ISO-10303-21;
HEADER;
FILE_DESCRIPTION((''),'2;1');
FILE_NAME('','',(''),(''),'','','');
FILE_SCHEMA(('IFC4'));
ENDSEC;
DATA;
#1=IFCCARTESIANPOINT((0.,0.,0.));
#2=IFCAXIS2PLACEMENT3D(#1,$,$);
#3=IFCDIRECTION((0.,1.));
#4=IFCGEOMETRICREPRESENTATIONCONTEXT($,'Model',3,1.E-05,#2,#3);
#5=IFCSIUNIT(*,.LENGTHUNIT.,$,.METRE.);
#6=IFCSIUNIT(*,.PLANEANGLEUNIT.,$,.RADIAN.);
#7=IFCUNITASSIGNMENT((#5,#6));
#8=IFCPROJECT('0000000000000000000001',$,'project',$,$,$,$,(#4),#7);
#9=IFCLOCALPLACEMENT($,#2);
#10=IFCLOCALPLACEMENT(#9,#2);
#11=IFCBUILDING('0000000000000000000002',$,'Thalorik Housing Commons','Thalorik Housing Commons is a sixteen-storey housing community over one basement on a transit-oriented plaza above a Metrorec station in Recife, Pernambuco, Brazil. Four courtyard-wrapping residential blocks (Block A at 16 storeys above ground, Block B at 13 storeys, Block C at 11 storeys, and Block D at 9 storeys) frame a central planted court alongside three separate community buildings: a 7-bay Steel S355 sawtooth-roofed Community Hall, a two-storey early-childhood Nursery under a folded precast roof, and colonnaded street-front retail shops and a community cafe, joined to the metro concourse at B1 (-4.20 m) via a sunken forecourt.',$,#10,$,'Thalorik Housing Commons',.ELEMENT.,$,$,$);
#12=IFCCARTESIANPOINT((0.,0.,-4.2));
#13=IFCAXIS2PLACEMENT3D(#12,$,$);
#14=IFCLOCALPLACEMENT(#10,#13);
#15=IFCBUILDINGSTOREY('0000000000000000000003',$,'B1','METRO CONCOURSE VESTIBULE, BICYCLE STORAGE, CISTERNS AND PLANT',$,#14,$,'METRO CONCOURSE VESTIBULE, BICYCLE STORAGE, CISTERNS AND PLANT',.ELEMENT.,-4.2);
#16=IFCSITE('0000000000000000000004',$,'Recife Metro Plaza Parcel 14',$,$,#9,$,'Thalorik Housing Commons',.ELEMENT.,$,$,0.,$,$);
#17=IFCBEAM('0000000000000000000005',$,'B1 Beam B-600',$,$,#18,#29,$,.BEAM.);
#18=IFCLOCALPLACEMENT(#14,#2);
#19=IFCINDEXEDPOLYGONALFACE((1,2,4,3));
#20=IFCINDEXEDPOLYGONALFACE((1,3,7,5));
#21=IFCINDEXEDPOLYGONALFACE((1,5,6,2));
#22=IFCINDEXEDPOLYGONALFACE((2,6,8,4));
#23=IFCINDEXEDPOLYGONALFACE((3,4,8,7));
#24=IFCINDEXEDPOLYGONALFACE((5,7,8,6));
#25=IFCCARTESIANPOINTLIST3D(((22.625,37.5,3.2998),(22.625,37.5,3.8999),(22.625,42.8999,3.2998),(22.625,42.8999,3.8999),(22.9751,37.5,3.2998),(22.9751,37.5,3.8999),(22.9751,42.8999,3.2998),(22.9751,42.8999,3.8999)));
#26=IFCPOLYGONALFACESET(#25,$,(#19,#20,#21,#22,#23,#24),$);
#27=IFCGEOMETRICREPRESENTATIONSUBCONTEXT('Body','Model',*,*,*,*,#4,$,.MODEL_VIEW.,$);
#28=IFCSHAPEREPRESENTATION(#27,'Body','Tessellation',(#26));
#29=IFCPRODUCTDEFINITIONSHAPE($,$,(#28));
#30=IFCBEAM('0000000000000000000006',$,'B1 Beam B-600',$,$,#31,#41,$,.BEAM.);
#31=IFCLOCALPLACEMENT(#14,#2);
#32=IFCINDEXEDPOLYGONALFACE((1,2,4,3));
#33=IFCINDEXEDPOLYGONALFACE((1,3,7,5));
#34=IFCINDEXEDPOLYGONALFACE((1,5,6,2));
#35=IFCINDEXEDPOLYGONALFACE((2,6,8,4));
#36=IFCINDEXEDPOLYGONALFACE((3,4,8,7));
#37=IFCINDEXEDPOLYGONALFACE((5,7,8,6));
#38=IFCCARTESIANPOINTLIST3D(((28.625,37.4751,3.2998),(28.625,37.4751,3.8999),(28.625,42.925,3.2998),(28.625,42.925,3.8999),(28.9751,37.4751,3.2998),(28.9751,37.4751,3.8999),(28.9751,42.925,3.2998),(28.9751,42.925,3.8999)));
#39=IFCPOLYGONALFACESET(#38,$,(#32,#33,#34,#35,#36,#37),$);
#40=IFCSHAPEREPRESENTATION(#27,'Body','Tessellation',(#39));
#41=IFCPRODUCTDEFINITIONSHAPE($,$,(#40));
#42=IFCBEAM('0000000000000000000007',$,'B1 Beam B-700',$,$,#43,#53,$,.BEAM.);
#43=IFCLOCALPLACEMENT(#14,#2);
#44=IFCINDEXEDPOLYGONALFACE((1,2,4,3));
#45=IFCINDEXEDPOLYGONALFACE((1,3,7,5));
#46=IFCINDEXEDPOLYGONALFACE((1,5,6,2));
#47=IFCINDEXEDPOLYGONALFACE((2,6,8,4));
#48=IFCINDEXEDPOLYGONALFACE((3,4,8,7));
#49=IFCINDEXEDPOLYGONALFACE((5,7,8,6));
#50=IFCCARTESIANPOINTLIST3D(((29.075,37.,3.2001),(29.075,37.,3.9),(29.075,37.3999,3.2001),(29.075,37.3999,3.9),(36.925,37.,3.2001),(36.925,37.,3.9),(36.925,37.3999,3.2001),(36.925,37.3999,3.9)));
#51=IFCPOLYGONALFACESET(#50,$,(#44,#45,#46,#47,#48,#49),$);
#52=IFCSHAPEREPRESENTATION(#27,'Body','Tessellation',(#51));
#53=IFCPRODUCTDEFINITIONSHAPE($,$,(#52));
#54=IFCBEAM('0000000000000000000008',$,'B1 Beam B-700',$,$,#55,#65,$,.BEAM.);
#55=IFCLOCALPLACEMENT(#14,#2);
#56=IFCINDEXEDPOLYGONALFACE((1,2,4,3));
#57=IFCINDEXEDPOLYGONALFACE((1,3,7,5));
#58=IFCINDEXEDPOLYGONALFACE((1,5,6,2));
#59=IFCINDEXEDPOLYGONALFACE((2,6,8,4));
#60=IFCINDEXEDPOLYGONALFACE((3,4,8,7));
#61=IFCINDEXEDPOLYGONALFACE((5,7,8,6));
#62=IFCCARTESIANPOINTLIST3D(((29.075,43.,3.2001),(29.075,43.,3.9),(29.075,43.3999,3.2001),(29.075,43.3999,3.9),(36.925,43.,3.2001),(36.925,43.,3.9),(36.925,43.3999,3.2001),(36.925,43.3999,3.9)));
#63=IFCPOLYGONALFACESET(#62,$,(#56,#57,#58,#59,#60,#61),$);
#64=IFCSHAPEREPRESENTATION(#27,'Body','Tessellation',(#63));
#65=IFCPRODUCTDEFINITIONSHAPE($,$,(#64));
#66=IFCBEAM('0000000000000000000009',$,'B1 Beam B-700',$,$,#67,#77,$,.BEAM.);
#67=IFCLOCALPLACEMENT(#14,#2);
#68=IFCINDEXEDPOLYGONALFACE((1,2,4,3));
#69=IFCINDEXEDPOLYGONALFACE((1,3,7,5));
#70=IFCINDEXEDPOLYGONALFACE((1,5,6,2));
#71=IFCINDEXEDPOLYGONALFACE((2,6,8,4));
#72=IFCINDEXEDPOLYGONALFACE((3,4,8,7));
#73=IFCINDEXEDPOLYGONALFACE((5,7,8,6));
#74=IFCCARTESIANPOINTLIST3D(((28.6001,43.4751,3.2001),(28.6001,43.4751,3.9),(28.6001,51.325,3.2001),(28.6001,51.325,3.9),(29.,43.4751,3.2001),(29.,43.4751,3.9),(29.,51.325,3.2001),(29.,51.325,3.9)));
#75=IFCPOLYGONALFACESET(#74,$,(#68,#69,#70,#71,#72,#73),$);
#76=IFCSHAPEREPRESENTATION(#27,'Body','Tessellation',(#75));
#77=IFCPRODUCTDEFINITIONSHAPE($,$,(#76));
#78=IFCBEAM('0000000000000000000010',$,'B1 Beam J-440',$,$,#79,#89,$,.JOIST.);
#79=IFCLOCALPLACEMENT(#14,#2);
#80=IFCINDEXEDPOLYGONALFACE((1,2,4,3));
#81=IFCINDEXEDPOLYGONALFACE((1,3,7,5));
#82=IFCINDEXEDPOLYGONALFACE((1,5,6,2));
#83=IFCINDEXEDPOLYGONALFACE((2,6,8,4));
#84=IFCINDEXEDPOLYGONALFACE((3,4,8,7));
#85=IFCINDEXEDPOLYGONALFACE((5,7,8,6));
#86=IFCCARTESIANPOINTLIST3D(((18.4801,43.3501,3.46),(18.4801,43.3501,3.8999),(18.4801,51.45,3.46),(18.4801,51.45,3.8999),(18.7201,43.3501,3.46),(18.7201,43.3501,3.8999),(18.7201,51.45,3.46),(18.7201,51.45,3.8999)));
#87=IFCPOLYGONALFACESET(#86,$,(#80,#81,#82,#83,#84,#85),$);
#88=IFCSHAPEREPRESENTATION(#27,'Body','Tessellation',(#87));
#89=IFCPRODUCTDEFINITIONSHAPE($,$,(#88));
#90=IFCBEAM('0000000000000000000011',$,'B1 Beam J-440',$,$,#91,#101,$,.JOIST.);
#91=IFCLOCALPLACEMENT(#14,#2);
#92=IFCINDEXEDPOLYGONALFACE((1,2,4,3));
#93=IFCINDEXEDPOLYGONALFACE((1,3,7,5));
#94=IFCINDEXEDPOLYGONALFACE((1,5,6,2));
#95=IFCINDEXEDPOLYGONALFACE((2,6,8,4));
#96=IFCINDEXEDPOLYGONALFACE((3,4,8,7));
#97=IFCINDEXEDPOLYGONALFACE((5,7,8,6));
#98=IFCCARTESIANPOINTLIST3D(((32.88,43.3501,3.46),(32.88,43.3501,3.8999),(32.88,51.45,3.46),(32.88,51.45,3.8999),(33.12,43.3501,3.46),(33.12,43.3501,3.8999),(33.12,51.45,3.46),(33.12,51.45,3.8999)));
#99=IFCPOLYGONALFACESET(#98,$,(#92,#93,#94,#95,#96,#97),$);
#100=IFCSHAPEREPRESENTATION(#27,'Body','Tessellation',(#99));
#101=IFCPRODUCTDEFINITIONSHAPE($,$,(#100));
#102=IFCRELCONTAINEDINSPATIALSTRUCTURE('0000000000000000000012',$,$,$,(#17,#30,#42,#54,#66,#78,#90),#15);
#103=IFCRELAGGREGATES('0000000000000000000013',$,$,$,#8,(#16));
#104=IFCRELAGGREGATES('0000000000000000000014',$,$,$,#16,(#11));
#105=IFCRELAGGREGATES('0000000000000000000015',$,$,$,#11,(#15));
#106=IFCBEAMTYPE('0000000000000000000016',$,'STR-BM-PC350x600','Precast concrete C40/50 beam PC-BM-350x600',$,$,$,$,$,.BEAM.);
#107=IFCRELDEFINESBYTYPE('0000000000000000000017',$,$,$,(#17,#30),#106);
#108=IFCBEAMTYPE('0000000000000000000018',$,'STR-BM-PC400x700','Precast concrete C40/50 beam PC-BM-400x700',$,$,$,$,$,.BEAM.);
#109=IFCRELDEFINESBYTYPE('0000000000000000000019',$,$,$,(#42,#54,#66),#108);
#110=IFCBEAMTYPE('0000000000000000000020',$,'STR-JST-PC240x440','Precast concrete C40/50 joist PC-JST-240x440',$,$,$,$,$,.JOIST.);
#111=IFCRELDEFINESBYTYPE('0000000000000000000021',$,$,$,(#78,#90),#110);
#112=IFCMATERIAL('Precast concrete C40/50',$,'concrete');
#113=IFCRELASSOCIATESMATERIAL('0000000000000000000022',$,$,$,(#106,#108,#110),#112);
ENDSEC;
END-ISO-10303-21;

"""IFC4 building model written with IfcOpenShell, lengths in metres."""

from ifc_helpers import new_model, si_unit, direction, frame, origin, origin_2d, place, context, subcontext, project, spatial, rectangle, extrude, material, material_profile, profile_set, type_object, element, save


model = new_model("IFC4")

# Units and contexts
model_context = context("Model", 3, precision=1e-05, world=origin(), true_north=direction((0.0, 1.0)))
body_context = subcontext(model_context, "Body", "Model", "MODEL_VIEW")
ifc_project = project(units=[si_unit("LENGTHUNIT", "METRE"), si_unit("PLANEANGLEUNIT", "RADIAN")], contexts=[model_context])

# Site, building, storey
site_placement = place(None, origin())
site = spatial("IfcSite", under=ifc_project, at=site_placement, Name="Recife Metro Plaza Parcel 14", LongName="Thalorik Housing Commons", CompositionType="ELEMENT", RefElevation=0.0)
building_placement = place(site_placement, origin())
building = spatial("IfcBuilding", under=site, at=building_placement, Name="Thalorik Housing Commons", Description="Thalorik Housing Commons is a sixteen-storey housing community over one basement on a transit-oriented plaza above a Metrorec station in Recife, Pernambuco, Brazil. Four courtyard-wrapping residential blocks (Block A at 16 storeys above ground, Block B at 13 storeys, Block C at 11 storeys, and Block D at 9 storeys) frame a central planted court alongside three separate community buildings: a 7-bay Steel S355 sawtooth-roofed Community Hall, a two-storey early-childhood Nursery under a folded precast roof, and colonnaded street-front retail shops and a community cafe, joined to the metro concourse at B1 (-4.20 m) via a sunken forecourt.", LongName="Thalorik Housing Commons", CompositionType="ELEMENT")
storey_placement = place(building_placement, frame((0.0, 0.0, -4.2)))
storey = spatial("IfcBuildingStorey", under=building, at=storey_placement, Name="B1", Description="METRO CONCOURSE VESTIBULE, BICYCLE STORAGE, CISTERNS AND PLANT", LongName="METRO CONCOURSE VESTIBULE, BICYCLE STORAGE, CISTERNS AND PLANT", CompositionType="ELEMENT", Elevation=-4.2)

# Shared definitions
ifc_material_1 = material(Name="Precast concrete C40/50", Category="concrete")

# Beams
ifc_material_profile_1 = material_profile(ifc_material_1, rectangle(XDim=0.3501, YDim=0.6001, at=origin_2d()), Name="PC 350x600", Category="concrete")
ifc_profile_set_1 = profile_set([ifc_material_profile_1], Name="Precast concrete C40/50")
beam_type_1 = type_object("IfcBeamType", Name="STR-BM-PC350x600", Description="Precast concrete C40/50 beam PC-BM-350x600", PredefinedType="BEAM", material=ifc_profile_set_1)
beam_1_placement = place(storey_placement, frame((22.8, 37.5, 3.5999), z_axis=(0.0, 1.0, 0.0), x_axis=(-1.0, 0.0, 0.0)))
element("IfcBeam", 1, at=beam_1_placement, inside=storey, type_object=beam_type_1, Name="B1 Beam B-600", PredefinedType="BEAM", context=body_context, shape_type="SweptSolid", body=[
    extrude(rectangle(XDim=0.3501, YDim=0.6001, at=origin_2d()), origin(), (0.0, 0.0, 1.0), 5.3999),
])
beam_2_placement = place(storey_placement, frame((28.8, 37.4751, 3.5999), z_axis=(0.0, 1.0, 0.0), x_axis=(-1.0, 0.0, 0.0)))
element("IfcBeam", 2, at=beam_2_placement, inside=storey, type_object=beam_type_1, Name="B1 Beam B-600", PredefinedType="BEAM", context=body_context, shape_type="SweptSolid", body=[
    extrude(rectangle(XDim=0.3501, YDim=0.6001, at=origin_2d()), origin(), (0.0, 0.0, 1.0), 5.45),
])
ifc_material_profile_2 = material_profile(ifc_material_1, rectangle(XDim=0.3999, YDim=0.7, at=origin_2d()), Name="PC 400x700", Category="concrete")
ifc_profile_set_2 = profile_set([ifc_material_profile_2], Name="Precast concrete C40/50")
beam_type_2 = type_object("IfcBeamType", Name="STR-BM-PC400x700", Description="Precast concrete C40/50 beam PC-BM-400x700", PredefinedType="BEAM", material=ifc_profile_set_2)
for number, where, z_axis, x_axis, name in (
    (3, (29.075, 37.2, 3.55), (1.0, 0.0, 0.0), (0.0, 1.0, 0.0), "B1 Beam B-700"),
    (4, (29.075, 43.2, 3.55), (1.0, 0.0, 0.0), (0.0, 1.0, 0.0), "B1 Beam B-700"),
):
    element("IfcBeam", number, at=place(storey_placement, frame(where, z_axis=z_axis, x_axis=x_axis)), inside=storey, type_object=beam_type_2, Name=name, PredefinedType="BEAM", context=body_context, shape_type="SweptSolid", body=[
        extrude(rectangle(XDim=0.3999, YDim=0.7, at=origin_2d()), origin(), (0.0, 0.0, 1.0), 7.8501),
    ])
beam_3_placement = place(storey_placement, frame((28.8, 43.4751, 3.55), z_axis=(0.0, 1.0, 0.0), x_axis=(-1.0, 0.0, 0.0)))
element("IfcBeam", 5, at=beam_3_placement, inside=storey, type_object=beam_type_2, Name="B1 Beam B-700", PredefinedType="BEAM", context=body_context, shape_type="SweptSolid", body=[
    extrude(rectangle(XDim=0.3999, YDim=0.7, at=origin_2d()), origin(), (0.0, 0.0, 1.0), 7.8499),
])
ifc_material_profile_3 = material_profile(ifc_material_1, rectangle(XDim=0.24, YDim=0.4399, at=origin_2d()), Name="PC JST 240x440", Category="concrete")
ifc_profile_set_3 = profile_set([ifc_material_profile_3], Name="Precast concrete C40/50")
beam_type_3 = type_object("IfcBeamType", Name="STR-JST-PC240x440", Description="Precast concrete C40/50 joist PC-JST-240x440", PredefinedType="JOIST", material=ifc_profile_set_3)
for number, where, z_axis, x_axis, name in (
    (6, (18.6001, 43.3501, 3.6799), (0.0, 1.0, 0.0), (-1.0, 0.0, 0.0), "B1 Beam J-440"),
    (7, (33.0, 43.3501, 3.6799), (0.0, 1.0, 0.0), (-1.0, 0.0, 0.0), "B1 Beam J-440"),
):
    element("IfcBeam", number, at=place(storey_placement, frame(where, z_axis=z_axis, x_axis=x_axis)), inside=storey, type_object=beam_type_3, Name=name, PredefinedType="JOIST", context=body_context, shape_type="SweptSolid", body=[
        extrude(rectangle(XDim=0.24, YDim=0.4399, at=origin_2d()), origin(), (0.0, 0.0, 1.0), 8.0999),
    ])

save(model, "model.ifc")
